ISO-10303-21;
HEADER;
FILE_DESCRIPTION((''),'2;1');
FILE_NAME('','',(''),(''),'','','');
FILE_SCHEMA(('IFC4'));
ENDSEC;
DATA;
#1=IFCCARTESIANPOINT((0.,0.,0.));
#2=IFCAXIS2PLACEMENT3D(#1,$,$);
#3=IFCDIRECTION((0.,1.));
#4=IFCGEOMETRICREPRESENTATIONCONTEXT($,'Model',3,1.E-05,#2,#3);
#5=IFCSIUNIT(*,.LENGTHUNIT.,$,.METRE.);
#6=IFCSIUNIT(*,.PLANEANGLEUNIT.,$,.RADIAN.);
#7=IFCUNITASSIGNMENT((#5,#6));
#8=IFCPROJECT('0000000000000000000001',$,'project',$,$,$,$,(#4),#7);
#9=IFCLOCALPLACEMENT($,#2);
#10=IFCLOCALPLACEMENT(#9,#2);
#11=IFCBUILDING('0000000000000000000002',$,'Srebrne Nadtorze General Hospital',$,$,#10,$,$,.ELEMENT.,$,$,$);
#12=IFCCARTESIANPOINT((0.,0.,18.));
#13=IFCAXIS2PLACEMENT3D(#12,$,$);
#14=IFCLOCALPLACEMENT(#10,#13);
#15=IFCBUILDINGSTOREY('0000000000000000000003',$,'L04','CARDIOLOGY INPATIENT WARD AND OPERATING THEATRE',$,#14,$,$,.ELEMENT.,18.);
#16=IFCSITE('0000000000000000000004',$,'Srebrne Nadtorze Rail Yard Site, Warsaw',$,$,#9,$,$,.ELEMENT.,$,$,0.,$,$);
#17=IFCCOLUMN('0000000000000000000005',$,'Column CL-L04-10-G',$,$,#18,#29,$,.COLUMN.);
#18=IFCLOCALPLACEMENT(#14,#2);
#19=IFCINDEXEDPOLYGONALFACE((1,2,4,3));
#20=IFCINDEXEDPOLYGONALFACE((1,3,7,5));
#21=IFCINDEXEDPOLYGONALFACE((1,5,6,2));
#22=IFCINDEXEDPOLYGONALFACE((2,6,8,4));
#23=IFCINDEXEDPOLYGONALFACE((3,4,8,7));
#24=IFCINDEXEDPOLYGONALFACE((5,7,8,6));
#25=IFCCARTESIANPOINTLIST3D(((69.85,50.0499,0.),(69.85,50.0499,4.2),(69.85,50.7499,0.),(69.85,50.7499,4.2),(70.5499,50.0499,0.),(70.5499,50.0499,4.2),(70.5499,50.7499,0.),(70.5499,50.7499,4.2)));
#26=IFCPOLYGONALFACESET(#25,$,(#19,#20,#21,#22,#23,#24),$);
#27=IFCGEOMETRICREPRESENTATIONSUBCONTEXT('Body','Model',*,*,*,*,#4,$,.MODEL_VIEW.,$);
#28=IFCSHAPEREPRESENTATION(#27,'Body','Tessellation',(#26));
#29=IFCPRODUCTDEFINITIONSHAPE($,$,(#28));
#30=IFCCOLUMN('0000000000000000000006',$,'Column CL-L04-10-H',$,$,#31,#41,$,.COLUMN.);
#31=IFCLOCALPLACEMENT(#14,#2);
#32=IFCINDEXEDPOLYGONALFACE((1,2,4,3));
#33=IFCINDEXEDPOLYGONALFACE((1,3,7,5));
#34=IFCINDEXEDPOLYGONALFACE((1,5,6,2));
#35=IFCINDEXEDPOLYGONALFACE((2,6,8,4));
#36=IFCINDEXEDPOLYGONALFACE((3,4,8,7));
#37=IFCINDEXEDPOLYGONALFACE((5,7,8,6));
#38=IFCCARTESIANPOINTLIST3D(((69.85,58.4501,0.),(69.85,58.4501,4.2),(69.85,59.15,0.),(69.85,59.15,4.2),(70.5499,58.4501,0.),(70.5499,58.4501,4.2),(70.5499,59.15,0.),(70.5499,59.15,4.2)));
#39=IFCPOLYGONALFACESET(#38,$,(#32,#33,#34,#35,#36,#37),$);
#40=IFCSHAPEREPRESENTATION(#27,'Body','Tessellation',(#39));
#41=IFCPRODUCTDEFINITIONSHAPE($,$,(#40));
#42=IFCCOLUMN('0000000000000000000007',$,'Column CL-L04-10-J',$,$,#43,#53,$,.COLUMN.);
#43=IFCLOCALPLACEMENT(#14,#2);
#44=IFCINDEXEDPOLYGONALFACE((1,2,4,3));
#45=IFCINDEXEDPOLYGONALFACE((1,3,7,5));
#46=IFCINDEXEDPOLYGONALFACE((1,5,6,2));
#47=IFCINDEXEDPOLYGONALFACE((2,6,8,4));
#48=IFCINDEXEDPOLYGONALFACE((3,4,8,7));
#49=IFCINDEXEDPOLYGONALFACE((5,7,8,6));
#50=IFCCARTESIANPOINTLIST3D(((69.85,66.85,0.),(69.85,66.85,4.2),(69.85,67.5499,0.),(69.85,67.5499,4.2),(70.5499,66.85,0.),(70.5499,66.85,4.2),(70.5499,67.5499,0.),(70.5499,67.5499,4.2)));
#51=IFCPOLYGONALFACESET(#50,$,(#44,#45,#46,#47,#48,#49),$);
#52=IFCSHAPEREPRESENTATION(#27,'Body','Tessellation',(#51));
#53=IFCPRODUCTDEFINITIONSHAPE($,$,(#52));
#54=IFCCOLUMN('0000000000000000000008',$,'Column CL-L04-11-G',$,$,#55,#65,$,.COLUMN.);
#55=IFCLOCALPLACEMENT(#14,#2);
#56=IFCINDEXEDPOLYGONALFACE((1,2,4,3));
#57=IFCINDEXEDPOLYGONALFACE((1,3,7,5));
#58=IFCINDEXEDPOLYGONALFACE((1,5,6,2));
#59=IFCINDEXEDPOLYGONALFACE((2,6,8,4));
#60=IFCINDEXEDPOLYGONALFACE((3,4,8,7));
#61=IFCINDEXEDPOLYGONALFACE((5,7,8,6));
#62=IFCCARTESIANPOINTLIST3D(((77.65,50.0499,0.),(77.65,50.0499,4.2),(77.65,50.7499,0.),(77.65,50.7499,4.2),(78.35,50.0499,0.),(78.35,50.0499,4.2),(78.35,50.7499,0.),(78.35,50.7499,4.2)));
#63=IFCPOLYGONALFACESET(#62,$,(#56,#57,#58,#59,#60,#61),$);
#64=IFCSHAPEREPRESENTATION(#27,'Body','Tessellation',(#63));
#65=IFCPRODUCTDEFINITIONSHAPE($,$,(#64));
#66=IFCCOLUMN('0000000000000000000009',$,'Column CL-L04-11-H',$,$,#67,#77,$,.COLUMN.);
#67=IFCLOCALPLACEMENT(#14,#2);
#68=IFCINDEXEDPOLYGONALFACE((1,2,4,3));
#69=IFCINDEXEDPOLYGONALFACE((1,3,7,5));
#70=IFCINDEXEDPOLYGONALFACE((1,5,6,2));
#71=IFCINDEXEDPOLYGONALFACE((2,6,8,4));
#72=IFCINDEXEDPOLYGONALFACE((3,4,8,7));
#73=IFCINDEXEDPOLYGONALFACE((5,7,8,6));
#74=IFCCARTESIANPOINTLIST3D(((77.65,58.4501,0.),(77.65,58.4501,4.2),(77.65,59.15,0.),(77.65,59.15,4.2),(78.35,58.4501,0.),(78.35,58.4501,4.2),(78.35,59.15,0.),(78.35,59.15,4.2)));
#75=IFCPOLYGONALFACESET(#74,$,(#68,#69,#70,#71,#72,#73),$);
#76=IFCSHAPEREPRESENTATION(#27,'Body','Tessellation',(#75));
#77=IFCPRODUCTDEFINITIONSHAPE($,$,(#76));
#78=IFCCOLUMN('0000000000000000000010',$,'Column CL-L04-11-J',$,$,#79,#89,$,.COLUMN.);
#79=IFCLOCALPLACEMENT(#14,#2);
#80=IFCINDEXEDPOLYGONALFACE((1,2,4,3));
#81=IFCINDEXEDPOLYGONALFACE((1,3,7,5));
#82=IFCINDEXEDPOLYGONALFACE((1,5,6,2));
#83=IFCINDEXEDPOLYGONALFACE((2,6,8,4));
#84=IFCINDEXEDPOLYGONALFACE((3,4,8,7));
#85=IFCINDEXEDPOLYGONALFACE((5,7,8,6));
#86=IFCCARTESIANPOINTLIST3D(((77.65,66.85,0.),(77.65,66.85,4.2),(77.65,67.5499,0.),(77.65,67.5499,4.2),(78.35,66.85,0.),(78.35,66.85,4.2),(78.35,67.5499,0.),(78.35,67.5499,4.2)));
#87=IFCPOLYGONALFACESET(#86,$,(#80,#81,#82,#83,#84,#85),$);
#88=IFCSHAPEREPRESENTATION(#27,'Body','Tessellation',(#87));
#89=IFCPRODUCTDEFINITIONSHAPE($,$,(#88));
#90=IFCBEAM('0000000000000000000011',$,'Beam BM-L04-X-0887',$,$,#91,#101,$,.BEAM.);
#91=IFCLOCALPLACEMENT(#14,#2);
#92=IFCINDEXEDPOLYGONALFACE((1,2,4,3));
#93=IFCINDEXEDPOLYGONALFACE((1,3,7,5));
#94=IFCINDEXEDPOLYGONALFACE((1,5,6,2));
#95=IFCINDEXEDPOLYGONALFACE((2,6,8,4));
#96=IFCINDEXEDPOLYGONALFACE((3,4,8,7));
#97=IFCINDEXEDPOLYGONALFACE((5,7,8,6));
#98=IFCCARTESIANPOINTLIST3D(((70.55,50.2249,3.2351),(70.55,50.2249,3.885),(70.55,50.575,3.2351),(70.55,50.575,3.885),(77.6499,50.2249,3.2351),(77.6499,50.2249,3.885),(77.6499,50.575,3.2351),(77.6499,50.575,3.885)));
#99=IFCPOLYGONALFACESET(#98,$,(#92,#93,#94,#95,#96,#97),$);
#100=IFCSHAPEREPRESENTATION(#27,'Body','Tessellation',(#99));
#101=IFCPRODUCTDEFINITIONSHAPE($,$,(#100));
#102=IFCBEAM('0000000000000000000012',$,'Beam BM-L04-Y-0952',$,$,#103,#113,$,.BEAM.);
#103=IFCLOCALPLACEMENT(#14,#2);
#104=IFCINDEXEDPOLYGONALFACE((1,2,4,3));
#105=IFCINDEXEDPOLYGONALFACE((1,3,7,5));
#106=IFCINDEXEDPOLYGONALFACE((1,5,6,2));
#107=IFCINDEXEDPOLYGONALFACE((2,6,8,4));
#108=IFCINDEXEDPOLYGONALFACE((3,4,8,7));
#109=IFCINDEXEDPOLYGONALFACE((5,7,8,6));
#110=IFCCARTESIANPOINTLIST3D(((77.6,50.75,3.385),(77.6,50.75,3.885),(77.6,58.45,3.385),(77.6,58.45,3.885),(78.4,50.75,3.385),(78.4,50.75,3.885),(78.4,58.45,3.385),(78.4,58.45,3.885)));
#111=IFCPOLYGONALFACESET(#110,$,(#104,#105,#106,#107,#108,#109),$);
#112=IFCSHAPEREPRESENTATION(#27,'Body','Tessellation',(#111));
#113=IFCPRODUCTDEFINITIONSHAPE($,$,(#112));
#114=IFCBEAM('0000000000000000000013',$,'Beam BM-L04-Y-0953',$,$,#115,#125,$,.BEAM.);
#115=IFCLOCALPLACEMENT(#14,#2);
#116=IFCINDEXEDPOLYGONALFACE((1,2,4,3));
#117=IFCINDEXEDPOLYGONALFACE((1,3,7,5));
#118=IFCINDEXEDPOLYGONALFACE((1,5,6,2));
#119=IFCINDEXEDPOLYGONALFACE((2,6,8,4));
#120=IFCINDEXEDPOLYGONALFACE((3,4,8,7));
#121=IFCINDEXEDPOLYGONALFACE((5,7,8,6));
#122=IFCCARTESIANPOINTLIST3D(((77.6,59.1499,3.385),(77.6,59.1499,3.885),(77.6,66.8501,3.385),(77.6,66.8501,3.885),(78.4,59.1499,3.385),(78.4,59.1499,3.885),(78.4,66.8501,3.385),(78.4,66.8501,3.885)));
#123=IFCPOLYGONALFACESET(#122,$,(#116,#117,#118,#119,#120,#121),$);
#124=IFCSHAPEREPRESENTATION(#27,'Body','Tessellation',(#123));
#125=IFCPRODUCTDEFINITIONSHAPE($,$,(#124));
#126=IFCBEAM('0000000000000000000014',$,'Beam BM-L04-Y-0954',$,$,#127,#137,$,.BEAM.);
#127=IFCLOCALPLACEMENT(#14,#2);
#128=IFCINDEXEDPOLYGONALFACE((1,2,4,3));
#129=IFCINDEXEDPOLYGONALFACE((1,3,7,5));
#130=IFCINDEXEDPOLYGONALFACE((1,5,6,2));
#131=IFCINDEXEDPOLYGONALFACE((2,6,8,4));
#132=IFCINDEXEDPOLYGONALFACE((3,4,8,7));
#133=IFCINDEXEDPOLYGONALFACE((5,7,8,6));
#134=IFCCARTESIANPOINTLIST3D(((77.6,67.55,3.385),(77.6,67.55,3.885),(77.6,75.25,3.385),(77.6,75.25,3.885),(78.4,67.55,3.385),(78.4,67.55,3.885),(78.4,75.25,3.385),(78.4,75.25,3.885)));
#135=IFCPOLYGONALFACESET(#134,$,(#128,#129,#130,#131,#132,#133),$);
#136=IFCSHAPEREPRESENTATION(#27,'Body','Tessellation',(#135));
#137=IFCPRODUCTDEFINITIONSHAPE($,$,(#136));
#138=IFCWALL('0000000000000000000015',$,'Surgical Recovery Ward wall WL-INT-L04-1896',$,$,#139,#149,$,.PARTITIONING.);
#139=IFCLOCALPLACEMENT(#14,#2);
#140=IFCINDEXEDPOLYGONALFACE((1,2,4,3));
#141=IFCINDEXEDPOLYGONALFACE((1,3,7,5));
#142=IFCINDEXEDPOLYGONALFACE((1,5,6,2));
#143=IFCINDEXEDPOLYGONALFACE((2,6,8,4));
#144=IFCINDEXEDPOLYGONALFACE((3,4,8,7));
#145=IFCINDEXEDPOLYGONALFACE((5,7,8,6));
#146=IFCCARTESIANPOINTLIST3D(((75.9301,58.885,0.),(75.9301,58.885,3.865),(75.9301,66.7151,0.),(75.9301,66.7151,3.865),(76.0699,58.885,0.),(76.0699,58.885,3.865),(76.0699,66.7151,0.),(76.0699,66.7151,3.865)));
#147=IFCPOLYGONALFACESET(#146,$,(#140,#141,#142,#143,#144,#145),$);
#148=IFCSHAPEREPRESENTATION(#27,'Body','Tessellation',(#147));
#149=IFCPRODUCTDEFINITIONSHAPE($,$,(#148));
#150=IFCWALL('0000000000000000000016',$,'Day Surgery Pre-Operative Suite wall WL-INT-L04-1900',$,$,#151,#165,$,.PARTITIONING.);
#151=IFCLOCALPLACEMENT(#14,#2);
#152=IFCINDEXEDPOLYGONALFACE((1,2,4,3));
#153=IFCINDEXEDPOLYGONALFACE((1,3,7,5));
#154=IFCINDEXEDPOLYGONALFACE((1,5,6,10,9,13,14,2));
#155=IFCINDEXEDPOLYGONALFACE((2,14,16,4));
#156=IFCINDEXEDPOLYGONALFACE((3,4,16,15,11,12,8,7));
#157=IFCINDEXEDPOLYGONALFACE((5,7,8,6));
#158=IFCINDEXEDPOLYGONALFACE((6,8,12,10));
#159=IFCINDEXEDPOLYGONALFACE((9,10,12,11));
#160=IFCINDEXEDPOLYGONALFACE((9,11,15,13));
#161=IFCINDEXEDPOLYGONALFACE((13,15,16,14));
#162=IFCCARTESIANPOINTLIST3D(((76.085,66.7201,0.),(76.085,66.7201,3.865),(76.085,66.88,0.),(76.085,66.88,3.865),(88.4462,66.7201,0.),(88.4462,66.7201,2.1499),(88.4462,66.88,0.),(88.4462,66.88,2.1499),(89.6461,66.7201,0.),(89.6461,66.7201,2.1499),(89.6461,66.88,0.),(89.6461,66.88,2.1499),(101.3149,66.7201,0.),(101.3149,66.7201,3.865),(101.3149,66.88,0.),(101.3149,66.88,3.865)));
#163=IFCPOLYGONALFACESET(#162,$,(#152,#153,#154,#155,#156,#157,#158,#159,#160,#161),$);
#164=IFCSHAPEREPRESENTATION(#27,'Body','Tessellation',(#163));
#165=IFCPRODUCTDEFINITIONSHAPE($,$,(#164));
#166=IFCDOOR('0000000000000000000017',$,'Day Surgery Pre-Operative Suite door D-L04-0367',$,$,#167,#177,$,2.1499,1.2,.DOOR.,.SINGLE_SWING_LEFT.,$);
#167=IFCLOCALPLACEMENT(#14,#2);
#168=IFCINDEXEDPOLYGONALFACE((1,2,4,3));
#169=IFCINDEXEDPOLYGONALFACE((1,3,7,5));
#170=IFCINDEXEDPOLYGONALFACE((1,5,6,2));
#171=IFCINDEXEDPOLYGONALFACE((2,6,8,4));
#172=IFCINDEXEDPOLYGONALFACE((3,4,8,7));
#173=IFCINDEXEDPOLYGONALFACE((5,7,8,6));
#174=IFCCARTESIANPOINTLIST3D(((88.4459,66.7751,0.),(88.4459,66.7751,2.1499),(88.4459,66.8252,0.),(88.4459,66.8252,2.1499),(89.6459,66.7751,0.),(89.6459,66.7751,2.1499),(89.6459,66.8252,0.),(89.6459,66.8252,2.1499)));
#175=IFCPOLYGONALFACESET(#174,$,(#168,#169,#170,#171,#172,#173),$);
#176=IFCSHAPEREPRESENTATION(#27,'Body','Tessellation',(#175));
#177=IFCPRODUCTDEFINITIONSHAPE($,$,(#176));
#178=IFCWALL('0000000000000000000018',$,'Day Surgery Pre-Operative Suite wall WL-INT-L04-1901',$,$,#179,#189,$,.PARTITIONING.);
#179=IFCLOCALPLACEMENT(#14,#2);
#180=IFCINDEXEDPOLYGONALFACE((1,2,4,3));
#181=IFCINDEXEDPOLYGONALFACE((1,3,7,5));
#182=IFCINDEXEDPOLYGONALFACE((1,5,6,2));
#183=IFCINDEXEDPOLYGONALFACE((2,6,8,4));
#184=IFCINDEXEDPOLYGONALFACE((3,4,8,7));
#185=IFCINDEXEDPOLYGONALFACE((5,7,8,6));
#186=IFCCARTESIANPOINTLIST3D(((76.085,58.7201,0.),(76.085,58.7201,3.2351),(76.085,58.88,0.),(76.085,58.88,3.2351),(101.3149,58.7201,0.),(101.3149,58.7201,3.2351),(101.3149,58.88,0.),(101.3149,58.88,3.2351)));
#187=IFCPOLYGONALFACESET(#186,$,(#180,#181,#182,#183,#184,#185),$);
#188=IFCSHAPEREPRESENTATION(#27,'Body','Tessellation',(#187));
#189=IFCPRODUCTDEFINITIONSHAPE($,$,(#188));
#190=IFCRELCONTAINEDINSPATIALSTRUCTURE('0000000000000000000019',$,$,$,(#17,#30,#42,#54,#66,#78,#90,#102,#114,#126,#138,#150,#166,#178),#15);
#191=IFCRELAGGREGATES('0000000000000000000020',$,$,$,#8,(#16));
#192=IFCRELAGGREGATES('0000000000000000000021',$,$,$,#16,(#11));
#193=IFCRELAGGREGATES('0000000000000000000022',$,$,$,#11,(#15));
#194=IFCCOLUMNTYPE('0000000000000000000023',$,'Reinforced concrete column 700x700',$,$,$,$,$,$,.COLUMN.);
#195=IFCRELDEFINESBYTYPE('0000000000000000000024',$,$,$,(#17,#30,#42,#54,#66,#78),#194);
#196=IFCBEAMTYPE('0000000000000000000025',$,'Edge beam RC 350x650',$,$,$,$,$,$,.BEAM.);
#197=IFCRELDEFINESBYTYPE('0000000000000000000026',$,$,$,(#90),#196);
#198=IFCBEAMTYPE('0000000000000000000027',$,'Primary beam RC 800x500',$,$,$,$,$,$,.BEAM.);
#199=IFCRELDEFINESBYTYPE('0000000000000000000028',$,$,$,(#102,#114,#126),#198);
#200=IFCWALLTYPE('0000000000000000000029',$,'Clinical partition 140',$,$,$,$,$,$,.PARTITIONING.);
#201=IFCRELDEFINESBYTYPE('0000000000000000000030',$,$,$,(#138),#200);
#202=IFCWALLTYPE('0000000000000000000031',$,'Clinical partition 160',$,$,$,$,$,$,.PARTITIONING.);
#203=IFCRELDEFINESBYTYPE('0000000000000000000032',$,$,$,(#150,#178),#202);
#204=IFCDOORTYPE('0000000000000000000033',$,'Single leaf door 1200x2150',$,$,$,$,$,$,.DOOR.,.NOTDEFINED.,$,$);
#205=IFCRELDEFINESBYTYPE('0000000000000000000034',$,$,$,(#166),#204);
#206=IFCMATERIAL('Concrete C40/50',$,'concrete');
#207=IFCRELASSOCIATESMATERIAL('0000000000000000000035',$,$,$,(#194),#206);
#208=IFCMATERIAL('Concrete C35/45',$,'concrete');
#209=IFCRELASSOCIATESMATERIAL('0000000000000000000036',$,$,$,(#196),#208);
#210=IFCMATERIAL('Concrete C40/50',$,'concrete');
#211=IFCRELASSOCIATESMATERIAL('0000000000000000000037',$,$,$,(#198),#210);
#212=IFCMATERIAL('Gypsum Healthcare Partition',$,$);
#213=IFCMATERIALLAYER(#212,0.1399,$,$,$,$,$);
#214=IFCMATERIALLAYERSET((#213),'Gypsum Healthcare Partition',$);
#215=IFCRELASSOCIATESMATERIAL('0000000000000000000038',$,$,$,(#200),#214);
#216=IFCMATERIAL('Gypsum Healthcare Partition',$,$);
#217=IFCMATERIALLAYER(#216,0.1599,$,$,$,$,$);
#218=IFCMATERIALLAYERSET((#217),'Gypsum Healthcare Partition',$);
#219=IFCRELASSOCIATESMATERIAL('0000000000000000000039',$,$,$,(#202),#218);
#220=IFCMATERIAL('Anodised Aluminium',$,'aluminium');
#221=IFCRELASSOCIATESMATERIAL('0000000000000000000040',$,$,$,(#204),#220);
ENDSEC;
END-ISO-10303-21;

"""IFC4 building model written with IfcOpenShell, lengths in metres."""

from ifc_helpers import new_model, si_unit, direction, frame, frame_2d, origin, origin_2d, place, context, subcontext, project, spatial, rectangle, extrude, material, layer, layer_set, material_profile, profile_set, type_object, element, fill, save


model = new_model("IFC4")

# Units and contexts
model_context = context("Model", 3, precision=1e-05, world=origin(), true_north=direction((0.0, 1.0)))
body_context = subcontext(model_context, "Body", "Model", "MODEL_VIEW")
ifc_project = project(units=[si_unit("LENGTHUNIT", "METRE"), si_unit("PLANEANGLEUNIT", "RADIAN")], contexts=[model_context])

# Site, building, storey
site_placement = place(None, origin())
site = spatial("IfcSite", under=ifc_project, at=site_placement, Name="Srebrne Nadtorze Rail Yard Site, Warsaw", CompositionType="ELEMENT", RefElevation=0.0)
building_placement = place(site_placement, origin())
building = spatial("IfcBuilding", under=site, at=building_placement, Name="Srebrne Nadtorze General Hospital", CompositionType="ELEMENT")
storey_placement = place(building_placement, frame((0.0, 0.0, 18.0)))
storey = spatial("IfcBuildingStorey", under=building, at=storey_placement, Name="L04", Description="CARDIOLOGY INPATIENT WARD AND OPERATING THEATRE", CompositionType="ELEMENT", Elevation=18.0)

# Columns
ifc_material_1 = material(Name="Concrete C40/50", Category="concrete")
ifc_material_profile_1 = material_profile(ifc_material_1, rectangle(XDim=0.7, YDim=0.7, at=origin_2d()), Name="RC-COL-700x700")
ifc_profile_set_1 = profile_set([ifc_material_profile_1], Name="Concrete C40/50")
column_type = type_object("IfcColumnType", Name="Reinforced concrete column 700x700", PredefinedType="COLUMN", material=ifc_profile_set_1)
for number, where, z_axis, x_axis, name in (
    (1, (70.2, 50.3999, 0.0), (0.0, 0.0, 1.0), (1.0, 0.0, 0.0), "Column CL-L04-10-G"),
    (2, (70.2, 58.8, 0.0), (0.0, 0.0, 1.0), (1.0, 0.0, 0.0), "Column CL-L04-10-H"),
    (3, (70.2, 67.2, 0.0), (0.0, 0.0, 1.0), (1.0, 0.0, 0.0), "Column CL-L04-10-J"),
    (4, (78.0, 50.3999, 0.0), (0.0, 0.0, 1.0), (1.0, 0.0, 0.0), "Column CL-L04-11-G"),
    (5, (78.0, 58.8, 0.0), (0.0, 0.0, 1.0), (1.0, 0.0, 0.0), "Column CL-L04-11-H"),
    (6, (78.0, 67.2, 0.0), (0.0, 0.0, 1.0), (1.0, 0.0, 0.0), "Column CL-L04-11-J"),
):
    element("IfcColumn", number, at=place(storey_placement, frame(where, z_axis=z_axis, x_axis=x_axis)), inside=storey, type_object=column_type, Name=name, PredefinedType="COLUMN", context=body_context, shape_type="SweptSolid", body=[
        extrude(rectangle(XDim=0.7, YDim=0.7, at=origin_2d()), origin(), (0.0, 0.0, 1.0), 4.2),
    ])

# Beams
ifc_material_2 = material(Name="Concrete C35/45", Category="concrete")
ifc_material_profile_2 = material_profile(ifc_material_2, rectangle(XDim=0.3501, YDim=0.6499, at=origin_2d()), Name="RC-BM-350x650")
ifc_profile_set_2 = profile_set([ifc_material_profile_2], Name="Concrete C35/45")
beam_type_1 = type_object("IfcBeamType", Name="Edge beam RC 350x650", PredefinedType="BEAM", material=ifc_profile_set_2)
beam_1_placement = place(storey_placement, frame((70.55, 50.3999, 3.5601), z_axis=(1.0, 0.0, 0.0), x_axis=(0.0, 1.0, 0.0)))
element("IfcBeam", 7, at=beam_1_placement, inside=storey, type_object=beam_type_1, Name="Beam BM-L04-X-0887", PredefinedType="BEAM", context=body_context, shape_type="SweptSolid", body=[
    extrude(rectangle(XDim=0.3501, YDim=0.6499, at=origin_2d()), origin(), (0.0, 0.0, 1.0), 7.0999),
])
ifc_material_3 = material(Name="Concrete C40/50", Category="concrete")
ifc_material_profile_3 = material_profile(ifc_material_3, rectangle(XDim=0.8, YDim=0.5, at=origin_2d()), Name="RC-BM-800x500")
ifc_profile_set_3 = profile_set([ifc_material_profile_3], Name="Concrete C40/50")
beam_type_2 = type_object("IfcBeamType", Name="Primary beam RC 800x500", PredefinedType="BEAM", material=ifc_profile_set_3)
beam_2_placement = place(storey_placement, frame((78.0, 50.75, 3.635), z_axis=(0.0, 1.0, 0.0), x_axis=(-1.0, 0.0, 0.0)))
element("IfcBeam", 8, at=beam_2_placement, inside=storey, type_object=beam_type_2, Name="Beam BM-L04-Y-0952", PredefinedType="BEAM", context=body_context, shape_type="SweptSolid", body=[
    extrude(rectangle(XDim=0.8, YDim=0.5, at=origin_2d()), origin(), (0.0, 0.0, 1.0), 7.7),
])
beam_3_placement = place(storey_placement, frame((78.0, 59.1499, 3.635), z_axis=(0.0, 1.0, 0.0), x_axis=(-1.0, 0.0, 0.0)))
element("IfcBeam", 9, at=beam_3_placement, inside=storey, type_object=beam_type_2, Name="Beam BM-L04-Y-0953", PredefinedType="BEAM", context=body_context, shape_type="SweptSolid", body=[
    extrude(rectangle(XDim=0.8, YDim=0.5, at=origin_2d()), origin(), (0.0, 0.0, 1.0), 7.7002),
])
beam_4_placement = place(storey_placement, frame((78.0, 67.55, 3.635), z_axis=(0.0, 1.0, 0.0), x_axis=(-1.0, 0.0, 0.0)))
element("IfcBeam", 10, at=beam_4_placement, inside=storey, type_object=beam_type_2, Name="Beam BM-L04-Y-0954", PredefinedType="BEAM", context=body_context, shape_type="SweptSolid", body=[
    extrude(rectangle(XDim=0.8, YDim=0.5, at=origin_2d()), origin(), (0.0, 0.0, 1.0), 7.7),
])

# Wall
ifc_material_4 = material(Name="Gypsum Healthcare Partition")
ifc_layer_1 = layer(ifc_material_4, 0.1399)
ifc_layer_set_1 = layer_set([ifc_layer_1], Name="Gypsum Healthcare Partition")
wall_type_1 = type_object("IfcWallType", Name="Clinical partition 140", PredefinedType="PARTITIONING", material=ifc_layer_set_1)
wall_1_placement = place(storey_placement, frame((76.0, 58.885, 0.0), z_axis=(0.0, 0.0, 1.0), x_axis=(0.0, 1.0, 0.0)))
element("IfcWall", 11, at=wall_1_placement, inside=storey, type_object=wall_type_1, Name="Surgical Recovery Ward wall WL-INT-L04-1896", PredefinedType="PARTITIONING", context=body_context, shape_type="SweptSolid", body=[
    extrude(rectangle(XDim=7.8301, YDim=0.1399, at=frame_2d((3.915, 0.0))), origin(), (0.0, 0.0, 1.0), 3.865),
])

# Wall, opening, door
ifc_material_5 = material(Name="Gypsum Healthcare Partition")
ifc_layer_2 = layer(ifc_material_5, 0.1599)
ifc_layer_set_2 = layer_set([ifc_layer_2], Name="Gypsum Healthcare Partition")
wall_type_2 = type_object("IfcWallType", Name="Clinical partition 160", PredefinedType="PARTITIONING", material=ifc_layer_set_2)
wall_2_placement = place(storey_placement, frame((76.085, 66.8, 0.0), z_axis=(0.0, 0.0, 1.0), x_axis=(1.0, 0.0, 0.0)))
wall_2 = element("IfcWall", 12, at=wall_2_placement, inside=storey, type_object=wall_type_2, Name="Day Surgery Pre-Operative Suite wall WL-INT-L04-1900", PredefinedType="PARTITIONING", context=body_context, shape_type="SweptSolid", body=[
    extrude(rectangle(XDim=25.23, YDim=0.1599, at=frame_2d((12.615, 0.0))), origin(), (0.0, 0.0, 1.0), 3.865),
])
opening_1_placement = place(wall_2_placement, frame((12.3611, 0.0, 0.0)))
opening_1 = element("IfcOpeningElement", 13, at=opening_1_placement, cuts=wall_2, PredefinedType="OPENING", context=body_context, shape_type="SweptSolid", body=[
    extrude(rectangle(XDim=1.2, YDim=2.1499, at=frame_2d((0.6001, 1.075))), frame((0.0, 0.0918, 0.0), z_axis=(0.0, -1.0, 0.0), x_axis=(1.0, 0.0, 0.0)), (0.0, 0.0, 1.0), 0.1838),
])
ifc_material_6 = material(Name="Anodised Aluminium", Category="aluminium")
door_type = type_object("IfcDoorType", Name="Single leaf door 1200x2150", OperationType="NOTDEFINED", PredefinedType="DOOR", material=ifc_material_6)
door_placement = place(opening_1_placement, frame((1.2, 0.0, 0.0), z_axis=(0.0, 0.0, 1.0), x_axis=(-1.0, 0.0, 0.0)))
door = element("IfcDoor", 14, at=door_placement, inside=storey, type_object=door_type, Name="Day Surgery Pre-Operative Suite door D-L04-0367", OperationType="SINGLE_SWING_LEFT", OverallHeight=2.1499, OverallWidth=1.2, PredefinedType="DOOR", context=body_context, shape_type="SweptSolid", body=[
    extrude(rectangle(XDim=1.2, YDim=2.1499, at=frame_2d((0.6001, 1.075))), frame((0.0, 0.0249, 0.0), z_axis=(0.0, -1.0, 0.0), x_axis=(1.0, 0.0, 0.0)), (0.0, 0.0, 1.0), 0.05),
])
fill(opening_1, door)

# Wall
wall_3_placement = place(storey_placement, frame((76.085, 58.8, 0.0), z_axis=(0.0, 0.0, 1.0), x_axis=(1.0, 0.0, 0.0)))
element("IfcWall", 15, at=wall_3_placement, inside=storey, type_object=wall_type_2, Name="Day Surgery Pre-Operative Suite wall WL-INT-L04-1901", PredefinedType="PARTITIONING", context=body_context, shape_type="SweptSolid", body=[
    extrude(rectangle(XDim=25.23, YDim=0.1599, at=frame_2d((12.615, 0.0))), origin(), (0.0, 0.0, 1.0), 3.2351),
])

save(model, "model.ifc")
